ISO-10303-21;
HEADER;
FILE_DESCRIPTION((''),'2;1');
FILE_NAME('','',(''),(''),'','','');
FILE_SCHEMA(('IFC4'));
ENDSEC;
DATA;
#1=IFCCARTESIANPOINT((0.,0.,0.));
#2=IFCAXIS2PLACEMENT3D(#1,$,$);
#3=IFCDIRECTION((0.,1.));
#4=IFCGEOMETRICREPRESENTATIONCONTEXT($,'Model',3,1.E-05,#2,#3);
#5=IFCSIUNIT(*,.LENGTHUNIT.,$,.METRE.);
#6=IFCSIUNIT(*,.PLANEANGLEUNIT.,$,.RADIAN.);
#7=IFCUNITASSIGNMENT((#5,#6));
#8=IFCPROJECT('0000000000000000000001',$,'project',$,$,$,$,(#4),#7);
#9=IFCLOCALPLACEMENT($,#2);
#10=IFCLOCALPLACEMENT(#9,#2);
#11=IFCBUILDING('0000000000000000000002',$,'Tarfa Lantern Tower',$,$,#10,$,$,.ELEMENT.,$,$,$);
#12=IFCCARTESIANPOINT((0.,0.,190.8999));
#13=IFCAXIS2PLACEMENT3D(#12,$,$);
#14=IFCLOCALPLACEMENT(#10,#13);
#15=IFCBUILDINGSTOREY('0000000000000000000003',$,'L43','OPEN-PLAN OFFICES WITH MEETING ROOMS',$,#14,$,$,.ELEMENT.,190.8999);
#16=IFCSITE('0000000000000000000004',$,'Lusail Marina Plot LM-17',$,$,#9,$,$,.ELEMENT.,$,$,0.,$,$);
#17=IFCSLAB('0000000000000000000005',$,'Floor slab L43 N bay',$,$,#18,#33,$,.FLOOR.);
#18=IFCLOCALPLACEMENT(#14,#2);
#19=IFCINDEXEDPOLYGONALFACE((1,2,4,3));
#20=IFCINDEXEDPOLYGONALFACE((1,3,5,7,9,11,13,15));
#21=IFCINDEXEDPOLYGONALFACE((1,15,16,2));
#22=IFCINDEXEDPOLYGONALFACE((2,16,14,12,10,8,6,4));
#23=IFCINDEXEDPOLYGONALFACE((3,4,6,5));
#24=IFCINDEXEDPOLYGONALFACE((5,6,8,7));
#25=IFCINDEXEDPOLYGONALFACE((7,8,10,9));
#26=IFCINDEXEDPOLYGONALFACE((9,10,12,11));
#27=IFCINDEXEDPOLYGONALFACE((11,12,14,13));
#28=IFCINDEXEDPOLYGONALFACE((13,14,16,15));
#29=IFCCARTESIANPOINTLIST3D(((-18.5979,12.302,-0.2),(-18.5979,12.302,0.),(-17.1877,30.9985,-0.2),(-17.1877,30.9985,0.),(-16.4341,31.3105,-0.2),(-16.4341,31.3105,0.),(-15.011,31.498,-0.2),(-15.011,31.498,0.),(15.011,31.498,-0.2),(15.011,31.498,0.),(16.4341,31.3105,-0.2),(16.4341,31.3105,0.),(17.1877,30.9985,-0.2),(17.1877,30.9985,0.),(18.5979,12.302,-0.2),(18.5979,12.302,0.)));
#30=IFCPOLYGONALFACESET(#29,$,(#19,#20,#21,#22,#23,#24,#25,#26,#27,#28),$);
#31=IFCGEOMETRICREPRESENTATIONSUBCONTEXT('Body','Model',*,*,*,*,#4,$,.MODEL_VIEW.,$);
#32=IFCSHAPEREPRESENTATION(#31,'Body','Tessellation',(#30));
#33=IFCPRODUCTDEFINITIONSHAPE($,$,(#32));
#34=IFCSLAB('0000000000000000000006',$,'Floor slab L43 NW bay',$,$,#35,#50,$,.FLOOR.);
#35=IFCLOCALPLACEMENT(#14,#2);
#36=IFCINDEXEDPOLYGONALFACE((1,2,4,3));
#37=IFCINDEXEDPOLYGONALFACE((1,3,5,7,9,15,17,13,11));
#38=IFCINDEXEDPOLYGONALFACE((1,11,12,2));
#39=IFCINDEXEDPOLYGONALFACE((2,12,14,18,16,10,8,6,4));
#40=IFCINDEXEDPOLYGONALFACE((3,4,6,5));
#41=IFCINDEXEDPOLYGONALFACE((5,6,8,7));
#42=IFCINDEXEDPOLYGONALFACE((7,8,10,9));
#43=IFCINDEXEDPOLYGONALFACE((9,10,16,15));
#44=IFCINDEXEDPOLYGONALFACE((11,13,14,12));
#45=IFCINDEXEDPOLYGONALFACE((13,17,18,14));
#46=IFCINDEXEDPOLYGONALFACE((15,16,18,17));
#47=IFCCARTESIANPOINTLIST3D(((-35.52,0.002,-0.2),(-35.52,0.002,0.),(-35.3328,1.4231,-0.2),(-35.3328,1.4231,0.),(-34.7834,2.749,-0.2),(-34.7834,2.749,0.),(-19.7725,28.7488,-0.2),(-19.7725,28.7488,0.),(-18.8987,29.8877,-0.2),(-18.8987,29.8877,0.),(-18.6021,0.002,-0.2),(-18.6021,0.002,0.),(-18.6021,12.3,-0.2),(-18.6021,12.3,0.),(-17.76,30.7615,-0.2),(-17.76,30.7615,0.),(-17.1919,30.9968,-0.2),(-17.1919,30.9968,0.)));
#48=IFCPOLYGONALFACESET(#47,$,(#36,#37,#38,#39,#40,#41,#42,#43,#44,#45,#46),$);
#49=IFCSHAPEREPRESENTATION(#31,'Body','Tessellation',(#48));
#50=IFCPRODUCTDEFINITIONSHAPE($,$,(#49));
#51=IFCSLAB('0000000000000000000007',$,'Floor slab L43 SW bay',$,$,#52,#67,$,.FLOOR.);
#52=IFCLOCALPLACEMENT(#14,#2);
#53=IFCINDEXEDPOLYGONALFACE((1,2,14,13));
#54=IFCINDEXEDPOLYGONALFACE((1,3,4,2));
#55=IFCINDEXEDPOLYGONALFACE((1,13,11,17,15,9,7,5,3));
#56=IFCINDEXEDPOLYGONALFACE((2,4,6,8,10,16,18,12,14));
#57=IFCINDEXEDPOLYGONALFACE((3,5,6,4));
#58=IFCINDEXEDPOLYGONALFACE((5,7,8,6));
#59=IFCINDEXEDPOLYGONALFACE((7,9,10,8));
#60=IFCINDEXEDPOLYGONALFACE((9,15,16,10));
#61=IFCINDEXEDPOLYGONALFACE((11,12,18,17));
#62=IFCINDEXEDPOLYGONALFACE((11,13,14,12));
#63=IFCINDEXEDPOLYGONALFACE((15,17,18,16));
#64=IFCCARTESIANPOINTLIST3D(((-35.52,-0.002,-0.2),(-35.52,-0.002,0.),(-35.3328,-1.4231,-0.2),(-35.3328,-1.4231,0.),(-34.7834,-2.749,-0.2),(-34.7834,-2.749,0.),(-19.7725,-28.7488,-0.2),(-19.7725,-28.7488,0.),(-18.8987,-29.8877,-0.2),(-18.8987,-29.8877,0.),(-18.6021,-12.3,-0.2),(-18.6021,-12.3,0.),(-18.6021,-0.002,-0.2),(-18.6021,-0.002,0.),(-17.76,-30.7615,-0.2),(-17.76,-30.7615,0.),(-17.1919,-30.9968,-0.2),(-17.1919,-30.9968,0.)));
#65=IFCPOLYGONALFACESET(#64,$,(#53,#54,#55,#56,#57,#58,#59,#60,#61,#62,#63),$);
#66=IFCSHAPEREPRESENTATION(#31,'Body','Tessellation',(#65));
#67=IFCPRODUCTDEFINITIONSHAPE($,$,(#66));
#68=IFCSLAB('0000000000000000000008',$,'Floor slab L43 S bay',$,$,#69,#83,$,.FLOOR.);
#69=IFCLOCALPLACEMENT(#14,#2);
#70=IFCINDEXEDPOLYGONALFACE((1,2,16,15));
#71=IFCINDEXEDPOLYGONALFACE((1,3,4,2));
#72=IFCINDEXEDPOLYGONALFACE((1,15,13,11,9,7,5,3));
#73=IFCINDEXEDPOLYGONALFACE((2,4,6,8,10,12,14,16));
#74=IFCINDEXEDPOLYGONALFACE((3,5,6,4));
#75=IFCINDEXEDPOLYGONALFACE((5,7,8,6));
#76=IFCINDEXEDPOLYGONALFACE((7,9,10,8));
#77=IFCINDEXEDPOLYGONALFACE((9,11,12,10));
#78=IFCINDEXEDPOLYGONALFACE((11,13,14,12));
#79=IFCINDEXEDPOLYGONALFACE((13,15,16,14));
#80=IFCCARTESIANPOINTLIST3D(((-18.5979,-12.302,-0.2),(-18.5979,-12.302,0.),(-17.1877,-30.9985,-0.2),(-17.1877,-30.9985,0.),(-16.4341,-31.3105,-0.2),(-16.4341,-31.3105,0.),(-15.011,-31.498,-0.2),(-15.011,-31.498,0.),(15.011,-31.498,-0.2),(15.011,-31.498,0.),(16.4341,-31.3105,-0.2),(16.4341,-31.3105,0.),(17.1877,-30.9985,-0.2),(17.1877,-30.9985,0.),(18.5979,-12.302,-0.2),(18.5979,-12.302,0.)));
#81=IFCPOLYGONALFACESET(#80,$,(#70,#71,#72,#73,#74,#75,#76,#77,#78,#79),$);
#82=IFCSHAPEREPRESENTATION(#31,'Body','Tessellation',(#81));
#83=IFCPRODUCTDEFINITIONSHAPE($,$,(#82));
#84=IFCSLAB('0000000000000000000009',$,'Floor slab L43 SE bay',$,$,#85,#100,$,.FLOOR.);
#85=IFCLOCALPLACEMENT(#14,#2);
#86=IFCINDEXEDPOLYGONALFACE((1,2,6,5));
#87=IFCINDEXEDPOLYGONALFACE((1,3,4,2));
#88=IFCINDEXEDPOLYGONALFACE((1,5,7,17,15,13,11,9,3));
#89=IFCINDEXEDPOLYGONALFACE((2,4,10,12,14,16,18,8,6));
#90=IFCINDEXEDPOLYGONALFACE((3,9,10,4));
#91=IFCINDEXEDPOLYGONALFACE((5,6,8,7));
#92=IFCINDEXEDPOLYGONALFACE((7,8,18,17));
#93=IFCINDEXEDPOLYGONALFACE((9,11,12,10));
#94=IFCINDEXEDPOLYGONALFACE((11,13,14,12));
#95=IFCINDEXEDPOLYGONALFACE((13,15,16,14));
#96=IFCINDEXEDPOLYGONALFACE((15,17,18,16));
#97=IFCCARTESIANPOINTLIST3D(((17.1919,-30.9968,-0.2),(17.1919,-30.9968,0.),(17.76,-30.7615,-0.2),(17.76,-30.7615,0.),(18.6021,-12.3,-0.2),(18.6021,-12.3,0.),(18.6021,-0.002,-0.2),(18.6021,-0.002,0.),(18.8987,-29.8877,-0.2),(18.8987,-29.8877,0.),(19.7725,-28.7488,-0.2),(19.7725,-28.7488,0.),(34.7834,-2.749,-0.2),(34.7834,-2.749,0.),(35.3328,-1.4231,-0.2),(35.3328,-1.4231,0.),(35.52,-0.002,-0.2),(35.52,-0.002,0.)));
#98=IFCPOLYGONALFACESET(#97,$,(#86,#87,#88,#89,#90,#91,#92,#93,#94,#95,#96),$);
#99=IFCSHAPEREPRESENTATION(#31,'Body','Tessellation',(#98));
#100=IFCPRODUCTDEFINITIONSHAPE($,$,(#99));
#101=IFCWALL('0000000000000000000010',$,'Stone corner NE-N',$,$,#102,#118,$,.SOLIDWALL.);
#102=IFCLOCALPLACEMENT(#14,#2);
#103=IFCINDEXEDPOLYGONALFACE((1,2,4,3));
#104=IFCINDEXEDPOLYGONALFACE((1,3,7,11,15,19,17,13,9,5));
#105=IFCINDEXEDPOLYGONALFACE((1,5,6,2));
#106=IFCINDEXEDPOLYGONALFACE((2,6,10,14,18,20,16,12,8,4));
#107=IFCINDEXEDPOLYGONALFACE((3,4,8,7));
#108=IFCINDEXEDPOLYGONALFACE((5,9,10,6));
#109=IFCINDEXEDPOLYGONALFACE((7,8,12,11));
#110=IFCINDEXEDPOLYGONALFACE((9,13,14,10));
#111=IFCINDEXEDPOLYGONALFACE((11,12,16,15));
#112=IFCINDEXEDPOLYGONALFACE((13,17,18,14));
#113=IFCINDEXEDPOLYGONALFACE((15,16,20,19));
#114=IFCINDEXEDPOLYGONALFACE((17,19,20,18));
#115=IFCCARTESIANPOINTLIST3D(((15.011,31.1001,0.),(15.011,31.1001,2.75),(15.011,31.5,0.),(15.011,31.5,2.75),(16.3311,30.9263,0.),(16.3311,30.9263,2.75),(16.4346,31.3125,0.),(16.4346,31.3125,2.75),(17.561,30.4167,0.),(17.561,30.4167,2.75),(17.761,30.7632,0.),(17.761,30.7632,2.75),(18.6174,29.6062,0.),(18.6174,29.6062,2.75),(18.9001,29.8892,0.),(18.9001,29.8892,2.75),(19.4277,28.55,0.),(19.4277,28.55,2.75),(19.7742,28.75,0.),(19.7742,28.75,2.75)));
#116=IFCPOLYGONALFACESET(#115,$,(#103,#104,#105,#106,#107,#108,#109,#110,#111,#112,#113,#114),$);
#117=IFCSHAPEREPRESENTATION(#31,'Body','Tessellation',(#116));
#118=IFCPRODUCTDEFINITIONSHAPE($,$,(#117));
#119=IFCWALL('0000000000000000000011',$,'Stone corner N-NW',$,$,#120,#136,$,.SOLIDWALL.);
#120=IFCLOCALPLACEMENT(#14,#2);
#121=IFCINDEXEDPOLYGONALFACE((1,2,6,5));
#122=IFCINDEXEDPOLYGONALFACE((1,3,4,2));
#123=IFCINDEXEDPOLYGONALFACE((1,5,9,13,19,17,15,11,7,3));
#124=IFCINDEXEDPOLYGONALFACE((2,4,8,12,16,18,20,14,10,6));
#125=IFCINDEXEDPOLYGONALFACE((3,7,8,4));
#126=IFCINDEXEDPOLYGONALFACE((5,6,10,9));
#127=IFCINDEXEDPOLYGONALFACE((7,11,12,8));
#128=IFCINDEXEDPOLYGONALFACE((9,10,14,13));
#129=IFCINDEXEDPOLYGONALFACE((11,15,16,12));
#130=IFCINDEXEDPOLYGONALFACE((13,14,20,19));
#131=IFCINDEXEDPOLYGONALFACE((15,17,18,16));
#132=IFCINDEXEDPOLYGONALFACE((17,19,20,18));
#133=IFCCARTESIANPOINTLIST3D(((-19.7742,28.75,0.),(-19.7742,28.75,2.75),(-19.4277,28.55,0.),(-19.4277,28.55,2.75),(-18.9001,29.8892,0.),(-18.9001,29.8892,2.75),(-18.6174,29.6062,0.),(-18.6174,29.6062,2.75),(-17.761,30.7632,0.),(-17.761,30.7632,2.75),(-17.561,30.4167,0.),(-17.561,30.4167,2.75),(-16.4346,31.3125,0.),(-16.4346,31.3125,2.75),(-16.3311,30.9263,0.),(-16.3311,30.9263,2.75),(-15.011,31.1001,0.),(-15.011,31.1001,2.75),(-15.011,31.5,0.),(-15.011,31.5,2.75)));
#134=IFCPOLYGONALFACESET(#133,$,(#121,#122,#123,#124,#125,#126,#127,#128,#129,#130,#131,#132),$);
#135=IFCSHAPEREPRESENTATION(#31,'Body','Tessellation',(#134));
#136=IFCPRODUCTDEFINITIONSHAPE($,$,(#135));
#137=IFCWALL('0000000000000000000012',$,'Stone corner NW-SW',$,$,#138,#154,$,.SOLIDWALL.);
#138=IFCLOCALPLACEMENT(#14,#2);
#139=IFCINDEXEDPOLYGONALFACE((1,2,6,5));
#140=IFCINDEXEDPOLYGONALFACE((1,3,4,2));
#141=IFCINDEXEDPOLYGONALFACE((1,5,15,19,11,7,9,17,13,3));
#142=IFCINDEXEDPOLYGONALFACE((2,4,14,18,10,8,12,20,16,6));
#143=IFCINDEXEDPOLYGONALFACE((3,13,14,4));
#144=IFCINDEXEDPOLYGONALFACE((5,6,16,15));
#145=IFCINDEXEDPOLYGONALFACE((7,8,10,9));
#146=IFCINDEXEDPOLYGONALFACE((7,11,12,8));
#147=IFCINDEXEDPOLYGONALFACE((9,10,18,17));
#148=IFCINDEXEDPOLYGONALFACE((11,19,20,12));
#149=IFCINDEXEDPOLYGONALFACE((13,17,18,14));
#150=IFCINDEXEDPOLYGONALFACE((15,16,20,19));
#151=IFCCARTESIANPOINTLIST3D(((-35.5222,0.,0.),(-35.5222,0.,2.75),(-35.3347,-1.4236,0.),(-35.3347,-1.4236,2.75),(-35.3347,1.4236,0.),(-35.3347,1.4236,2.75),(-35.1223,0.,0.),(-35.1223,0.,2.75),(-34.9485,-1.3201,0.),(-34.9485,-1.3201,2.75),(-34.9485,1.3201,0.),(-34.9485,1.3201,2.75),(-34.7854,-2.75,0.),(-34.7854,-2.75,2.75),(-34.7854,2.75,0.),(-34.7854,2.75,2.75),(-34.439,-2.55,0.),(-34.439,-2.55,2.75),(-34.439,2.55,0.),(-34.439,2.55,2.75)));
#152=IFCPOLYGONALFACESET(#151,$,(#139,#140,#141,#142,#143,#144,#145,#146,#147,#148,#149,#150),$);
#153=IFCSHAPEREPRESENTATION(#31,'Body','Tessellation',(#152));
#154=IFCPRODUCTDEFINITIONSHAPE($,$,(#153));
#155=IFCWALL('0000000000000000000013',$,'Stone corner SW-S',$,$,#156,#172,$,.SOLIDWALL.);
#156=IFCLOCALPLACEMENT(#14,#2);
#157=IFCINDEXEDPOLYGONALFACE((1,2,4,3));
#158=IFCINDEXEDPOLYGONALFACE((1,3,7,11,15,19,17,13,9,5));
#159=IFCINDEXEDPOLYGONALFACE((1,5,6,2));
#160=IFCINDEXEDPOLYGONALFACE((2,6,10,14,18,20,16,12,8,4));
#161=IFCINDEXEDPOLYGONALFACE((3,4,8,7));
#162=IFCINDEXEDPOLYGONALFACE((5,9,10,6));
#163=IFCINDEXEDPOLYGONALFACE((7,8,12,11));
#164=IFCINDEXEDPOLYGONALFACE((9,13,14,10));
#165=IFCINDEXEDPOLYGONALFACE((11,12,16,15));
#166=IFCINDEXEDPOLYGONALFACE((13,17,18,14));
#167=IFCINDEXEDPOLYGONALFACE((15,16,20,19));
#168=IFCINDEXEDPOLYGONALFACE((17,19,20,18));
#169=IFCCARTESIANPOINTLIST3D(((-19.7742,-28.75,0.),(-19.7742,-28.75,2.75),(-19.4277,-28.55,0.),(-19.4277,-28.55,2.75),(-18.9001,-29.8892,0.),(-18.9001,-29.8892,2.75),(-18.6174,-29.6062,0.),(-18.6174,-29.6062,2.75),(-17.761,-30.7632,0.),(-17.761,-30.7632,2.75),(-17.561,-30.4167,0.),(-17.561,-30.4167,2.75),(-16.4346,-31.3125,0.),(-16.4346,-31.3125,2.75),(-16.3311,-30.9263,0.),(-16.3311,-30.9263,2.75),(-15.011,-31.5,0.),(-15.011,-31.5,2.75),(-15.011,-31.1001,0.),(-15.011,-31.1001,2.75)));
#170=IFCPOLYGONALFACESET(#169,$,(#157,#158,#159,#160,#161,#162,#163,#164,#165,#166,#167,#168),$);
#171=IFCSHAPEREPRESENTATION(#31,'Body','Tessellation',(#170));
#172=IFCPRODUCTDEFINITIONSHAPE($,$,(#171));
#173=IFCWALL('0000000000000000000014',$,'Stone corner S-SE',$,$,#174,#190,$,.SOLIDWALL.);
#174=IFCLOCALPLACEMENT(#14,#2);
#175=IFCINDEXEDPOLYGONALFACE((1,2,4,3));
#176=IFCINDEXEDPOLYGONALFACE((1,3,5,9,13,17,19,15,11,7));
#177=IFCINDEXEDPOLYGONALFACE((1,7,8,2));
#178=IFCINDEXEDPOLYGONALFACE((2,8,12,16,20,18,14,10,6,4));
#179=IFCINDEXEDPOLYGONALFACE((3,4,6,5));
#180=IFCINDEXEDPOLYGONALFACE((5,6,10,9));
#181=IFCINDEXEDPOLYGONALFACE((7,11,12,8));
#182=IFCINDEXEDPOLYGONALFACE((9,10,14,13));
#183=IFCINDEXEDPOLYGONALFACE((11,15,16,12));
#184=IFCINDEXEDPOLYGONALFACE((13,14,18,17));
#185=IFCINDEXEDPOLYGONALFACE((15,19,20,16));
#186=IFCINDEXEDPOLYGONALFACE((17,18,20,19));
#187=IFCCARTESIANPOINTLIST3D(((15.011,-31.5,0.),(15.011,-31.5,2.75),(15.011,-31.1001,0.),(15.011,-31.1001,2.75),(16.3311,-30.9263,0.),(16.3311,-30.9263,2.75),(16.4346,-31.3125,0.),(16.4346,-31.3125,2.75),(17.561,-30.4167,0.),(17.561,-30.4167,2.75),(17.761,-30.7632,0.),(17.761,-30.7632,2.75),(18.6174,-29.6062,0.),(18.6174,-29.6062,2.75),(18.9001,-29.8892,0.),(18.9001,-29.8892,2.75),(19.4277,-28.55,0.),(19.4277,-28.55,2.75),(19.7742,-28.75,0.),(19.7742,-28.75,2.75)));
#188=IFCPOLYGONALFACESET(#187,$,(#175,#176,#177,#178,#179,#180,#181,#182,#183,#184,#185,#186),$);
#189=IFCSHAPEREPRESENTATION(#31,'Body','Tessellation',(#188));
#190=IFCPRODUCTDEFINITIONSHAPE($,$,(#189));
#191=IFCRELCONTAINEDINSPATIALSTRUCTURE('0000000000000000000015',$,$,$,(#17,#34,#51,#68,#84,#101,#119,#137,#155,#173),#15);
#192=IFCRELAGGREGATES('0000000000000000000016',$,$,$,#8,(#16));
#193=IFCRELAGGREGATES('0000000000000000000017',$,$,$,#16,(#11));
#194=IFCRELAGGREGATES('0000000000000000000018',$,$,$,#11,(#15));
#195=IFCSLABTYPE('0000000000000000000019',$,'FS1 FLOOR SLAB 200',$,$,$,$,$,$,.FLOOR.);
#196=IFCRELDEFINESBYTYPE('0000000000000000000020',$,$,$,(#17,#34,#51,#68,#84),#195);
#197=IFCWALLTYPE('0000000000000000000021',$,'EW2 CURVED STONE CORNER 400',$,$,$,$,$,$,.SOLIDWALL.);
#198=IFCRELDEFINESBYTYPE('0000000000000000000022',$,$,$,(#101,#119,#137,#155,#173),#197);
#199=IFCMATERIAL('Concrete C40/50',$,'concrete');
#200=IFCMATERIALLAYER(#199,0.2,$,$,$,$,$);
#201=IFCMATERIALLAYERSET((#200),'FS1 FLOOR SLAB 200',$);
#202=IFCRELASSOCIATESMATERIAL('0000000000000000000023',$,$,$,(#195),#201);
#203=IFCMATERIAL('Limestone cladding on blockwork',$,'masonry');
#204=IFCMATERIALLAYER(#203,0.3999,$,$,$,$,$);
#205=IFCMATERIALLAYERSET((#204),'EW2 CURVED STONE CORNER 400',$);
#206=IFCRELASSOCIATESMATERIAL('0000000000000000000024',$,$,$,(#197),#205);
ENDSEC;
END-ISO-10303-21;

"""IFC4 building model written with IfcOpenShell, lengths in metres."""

from ifc_helpers import new_model, si_unit, direction, frame, origin, place, context, subcontext, project, spatial, polyline, outline, extrude, material, layer, layer_set, type_object, element, save


model = new_model("IFC4")

# Units and contexts
model_context = context("Model", 3, precision=1e-05, world=origin(), true_north=direction((0.0, 1.0)))
body_context = subcontext(model_context, "Body", "Model", "MODEL_VIEW")
ifc_project = project(units=[si_unit("LENGTHUNIT", "METRE"), si_unit("PLANEANGLEUNIT", "RADIAN")], contexts=[model_context])

# Site, building, storey
site_placement = place(None, origin())
site = spatial("IfcSite", under=ifc_project, at=site_placement, Name="Lusail Marina Plot LM-17", CompositionType="ELEMENT", RefElevation=0.0)
building_placement = place(site_placement, origin())
building = spatial("IfcBuilding", under=site, at=building_placement, Name="Tarfa Lantern Tower", CompositionType="ELEMENT")
storey_placement = place(building_placement, frame((0.0, 0.0, 190.8999)))
storey = spatial("IfcBuildingStorey", under=building, at=storey_placement, Name="L43", Description="OPEN-PLAN OFFICES WITH MEETING ROOMS", CompositionType="ELEMENT", Elevation=190.8999)

# Slabs
ifc_material_1 = material(Name="Concrete C40/50", Category="concrete")
ifc_layer_1 = layer(ifc_material_1, 0.2)
ifc_layer_set_1 = layer_set([ifc_layer_1], Name="FS1 FLOOR SLAB 200")
slab_type_1 = type_object("IfcSlabType", Name="FS1 FLOOR SLAB 200", PredefinedType="FLOOR", material=ifc_layer_set_1)
slab_1_placement = place(storey_placement, frame((0.0, 0.0, -0.2)))
element("IfcSlab", 1, at=slab_1_placement, inside=storey, type_object=slab_type_1, Name="Floor slab L43 N bay", PredefinedType="FLOOR", context=body_context, shape_type="SweptSolid", body=[
    extrude(outline(polyline([(-18.5979, 12.302), (18.5979, 12.302), (17.1877, 30.9985), (16.4341, 31.3105), (15.011, 31.498), (-15.011, 31.498), (-16.4341, 31.3105), (-17.1877, 30.9985), (-18.5979, 12.302)])), origin(), (0.0, 0.0, 1.0), 0.2),
])
slab_2_placement = place(storey_placement, frame((0.0, 0.0, -0.2)))
element("IfcSlab", 2, at=slab_2_placement, inside=storey, type_object=slab_type_1, Name="Floor slab L43 NW bay", PredefinedType="FLOOR", context=body_context, shape_type="SweptSolid", body=[
    extrude(outline(polyline([(-18.6021, 0.002), (-18.6021, 12.3), (-17.1919, 30.9968), (-17.76, 30.7615), (-18.8987, 29.8877), (-19.7725, 28.7488), (-34.7834, 2.749), (-35.3328, 1.4231), (-35.52, 0.002), (-18.6021, 0.002)])), origin(), (0.0, 0.0, 1.0), 0.2),
])
slab_3_placement = place(storey_placement, frame((0.0, 0.0, -0.2)))
element("IfcSlab", 3, at=slab_3_placement, inside=storey, type_object=slab_type_1, Name="Floor slab L43 SW bay", PredefinedType="FLOOR", context=body_context, shape_type="SweptSolid", body=[
    extrude(outline(polyline([(-18.6021, -12.3), (-18.6021, -0.002), (-35.52, -0.002), (-35.3328, -1.4231), (-34.7834, -2.749), (-19.7725, -28.7488), (-18.8987, -29.8877), (-17.76, -30.7615), (-17.1919, -30.9968), (-18.6021, -12.3)])), origin(), (0.0, 0.0, 1.0), 0.2),
])
slab_4_placement = place(storey_placement, frame((0.0, 0.0, -0.2)))
element("IfcSlab", 4, at=slab_4_placement, inside=storey, type_object=slab_type_1, Name="Floor slab L43 S bay", PredefinedType="FLOOR", context=body_context, shape_type="SweptSolid", body=[
    extrude(outline(polyline([(18.5979, -12.302), (-18.5979, -12.302), (-17.1877, -30.9985), (-16.4341, -31.3105), (-15.011, -31.498), (15.011, -31.498), (16.4341, -31.3105), (17.1877, -30.9985), (18.5979, -12.302)])), origin(), (0.0, 0.0, 1.0), 0.2),
])
slab_5_placement = place(storey_placement, frame((0.0, 0.0, -0.2)))
element("IfcSlab", 5, at=slab_5_placement, inside=storey, type_object=slab_type_1, Name="Floor slab L43 SE bay", PredefinedType="FLOOR", context=body_context, shape_type="SweptSolid", body=[
    extrude(outline(polyline([(18.6021, -0.002), (18.6021, -12.3), (17.1919, -30.9968), (17.76, -30.7615), (18.8987, -29.8877), (19.7725, -28.7488), (34.7834, -2.749), (35.3328, -1.4231), (35.52, -0.002), (18.6021, -0.002)])), origin(), (0.0, 0.0, 1.0), 0.2),
])

# Walls
ifc_material_2 = material(Name="Limestone cladding on blockwork", Category="masonry")
ifc_layer_2 = layer(ifc_material_2, 0.3999)
ifc_layer_set_2 = layer_set([ifc_layer_2], Name="EW2 CURVED STONE CORNER 400")
wall_type_1 = type_object("IfcWallType", Name="EW2 CURVED STONE CORNER 400", PredefinedType="SOLIDWALL", material=ifc_layer_set_2)
wall_1_placement = place(storey_placement, origin())
element("IfcWall", 6, at=wall_1_placement, inside=storey, type_object=wall_type_1, Name="Stone corner NE-N", PredefinedType="SOLIDWALL", context=body_context, shape_type="SweptSolid", body=[
    extrude(outline(polyline([(19.7742, 28.75), (18.9001, 29.8892), (17.761, 30.7632), (16.4346, 31.3125), (15.011, 31.5), (15.011, 31.1001), (16.3311, 30.9263), (17.561, 30.4167), (18.6174, 29.6062), (19.4277, 28.55), (19.7742, 28.75)])), origin(), (0.0, 0.0, 1.0), 2.75),
])
wall_2_placement = place(storey_placement, origin())
element("IfcWall", 7, at=wall_2_placement, inside=storey, type_object=wall_type_1, Name="Stone corner N-NW", PredefinedType="SOLIDWALL", context=body_context, shape_type="SweptSolid", body=[
    extrude(outline(polyline([(-15.011, 31.5), (-16.4346, 31.3125), (-17.761, 30.7632), (-18.9001, 29.8892), (-19.7742, 28.75), (-19.4277, 28.55), (-18.6174, 29.6062), (-17.561, 30.4167), (-16.3311, 30.9263), (-15.011, 31.1001), (-15.011, 31.5)])), origin(), (0.0, 0.0, 1.0), 2.75),
])
wall_3_placement = place(storey_placement, origin())
element("IfcWall", 8, at=wall_3_placement, inside=storey, type_object=wall_type_1, Name="Stone corner NW-SW", PredefinedType="SOLIDWALL", context=body_context, shape_type="SweptSolid", body=[
    extrude(outline(polyline([(-34.7854, 2.75), (-35.3347, 1.4236), (-35.5222, 0.0), (-35.3347, -1.4236), (-34.7854, -2.75), (-34.439, -2.55), (-34.9485, -1.3201), (-35.1223, 0.0), (-34.9485, 1.3201), (-34.439, 2.55), (-34.7854, 2.75)])), origin(), (0.0, 0.0, 1.0), 2.75),
])
wall_4_placement = place(storey_placement, origin())
element("IfcWall", 9, at=wall_4_placement, inside=storey, type_object=wall_type_1, Name="Stone corner SW-S", PredefinedType="SOLIDWALL", context=body_context, shape_type="SweptSolid", body=[
    extrude(outline(polyline([(-19.7742, -28.75), (-18.9001, -29.8892), (-17.761, -30.7632), (-16.4346, -31.3125), (-15.011, -31.5), (-15.011, -31.1001), (-16.3311, -30.9263), (-17.561, -30.4167), (-18.6174, -29.6062), (-19.4277, -28.55), (-19.7742, -28.75)])), origin(), (0.0, 0.0, 1.0), 2.75),
])
wall_5_placement = place(storey_placement, origin())
element("IfcWall", 10, at=wall_5_placement, inside=storey, type_object=wall_type_1, Name="Stone corner S-SE", PredefinedType="SOLIDWALL", context=body_context, shape_type="SweptSolid", body=[
    extrude(outline(polyline([(15.011, -31.5), (16.4346, -31.3125), (17.761, -30.7632), (18.9001, -29.8892), (19.7742, -28.75), (19.4277, -28.55), (18.6174, -29.6062), (17.561, -30.4167), (16.3311, -30.9263), (15.011, -31.1001), (15.011, -31.5)])), origin(), (0.0, 0.0, 1.0), 2.75),
])

save(model, "model.ifc")
